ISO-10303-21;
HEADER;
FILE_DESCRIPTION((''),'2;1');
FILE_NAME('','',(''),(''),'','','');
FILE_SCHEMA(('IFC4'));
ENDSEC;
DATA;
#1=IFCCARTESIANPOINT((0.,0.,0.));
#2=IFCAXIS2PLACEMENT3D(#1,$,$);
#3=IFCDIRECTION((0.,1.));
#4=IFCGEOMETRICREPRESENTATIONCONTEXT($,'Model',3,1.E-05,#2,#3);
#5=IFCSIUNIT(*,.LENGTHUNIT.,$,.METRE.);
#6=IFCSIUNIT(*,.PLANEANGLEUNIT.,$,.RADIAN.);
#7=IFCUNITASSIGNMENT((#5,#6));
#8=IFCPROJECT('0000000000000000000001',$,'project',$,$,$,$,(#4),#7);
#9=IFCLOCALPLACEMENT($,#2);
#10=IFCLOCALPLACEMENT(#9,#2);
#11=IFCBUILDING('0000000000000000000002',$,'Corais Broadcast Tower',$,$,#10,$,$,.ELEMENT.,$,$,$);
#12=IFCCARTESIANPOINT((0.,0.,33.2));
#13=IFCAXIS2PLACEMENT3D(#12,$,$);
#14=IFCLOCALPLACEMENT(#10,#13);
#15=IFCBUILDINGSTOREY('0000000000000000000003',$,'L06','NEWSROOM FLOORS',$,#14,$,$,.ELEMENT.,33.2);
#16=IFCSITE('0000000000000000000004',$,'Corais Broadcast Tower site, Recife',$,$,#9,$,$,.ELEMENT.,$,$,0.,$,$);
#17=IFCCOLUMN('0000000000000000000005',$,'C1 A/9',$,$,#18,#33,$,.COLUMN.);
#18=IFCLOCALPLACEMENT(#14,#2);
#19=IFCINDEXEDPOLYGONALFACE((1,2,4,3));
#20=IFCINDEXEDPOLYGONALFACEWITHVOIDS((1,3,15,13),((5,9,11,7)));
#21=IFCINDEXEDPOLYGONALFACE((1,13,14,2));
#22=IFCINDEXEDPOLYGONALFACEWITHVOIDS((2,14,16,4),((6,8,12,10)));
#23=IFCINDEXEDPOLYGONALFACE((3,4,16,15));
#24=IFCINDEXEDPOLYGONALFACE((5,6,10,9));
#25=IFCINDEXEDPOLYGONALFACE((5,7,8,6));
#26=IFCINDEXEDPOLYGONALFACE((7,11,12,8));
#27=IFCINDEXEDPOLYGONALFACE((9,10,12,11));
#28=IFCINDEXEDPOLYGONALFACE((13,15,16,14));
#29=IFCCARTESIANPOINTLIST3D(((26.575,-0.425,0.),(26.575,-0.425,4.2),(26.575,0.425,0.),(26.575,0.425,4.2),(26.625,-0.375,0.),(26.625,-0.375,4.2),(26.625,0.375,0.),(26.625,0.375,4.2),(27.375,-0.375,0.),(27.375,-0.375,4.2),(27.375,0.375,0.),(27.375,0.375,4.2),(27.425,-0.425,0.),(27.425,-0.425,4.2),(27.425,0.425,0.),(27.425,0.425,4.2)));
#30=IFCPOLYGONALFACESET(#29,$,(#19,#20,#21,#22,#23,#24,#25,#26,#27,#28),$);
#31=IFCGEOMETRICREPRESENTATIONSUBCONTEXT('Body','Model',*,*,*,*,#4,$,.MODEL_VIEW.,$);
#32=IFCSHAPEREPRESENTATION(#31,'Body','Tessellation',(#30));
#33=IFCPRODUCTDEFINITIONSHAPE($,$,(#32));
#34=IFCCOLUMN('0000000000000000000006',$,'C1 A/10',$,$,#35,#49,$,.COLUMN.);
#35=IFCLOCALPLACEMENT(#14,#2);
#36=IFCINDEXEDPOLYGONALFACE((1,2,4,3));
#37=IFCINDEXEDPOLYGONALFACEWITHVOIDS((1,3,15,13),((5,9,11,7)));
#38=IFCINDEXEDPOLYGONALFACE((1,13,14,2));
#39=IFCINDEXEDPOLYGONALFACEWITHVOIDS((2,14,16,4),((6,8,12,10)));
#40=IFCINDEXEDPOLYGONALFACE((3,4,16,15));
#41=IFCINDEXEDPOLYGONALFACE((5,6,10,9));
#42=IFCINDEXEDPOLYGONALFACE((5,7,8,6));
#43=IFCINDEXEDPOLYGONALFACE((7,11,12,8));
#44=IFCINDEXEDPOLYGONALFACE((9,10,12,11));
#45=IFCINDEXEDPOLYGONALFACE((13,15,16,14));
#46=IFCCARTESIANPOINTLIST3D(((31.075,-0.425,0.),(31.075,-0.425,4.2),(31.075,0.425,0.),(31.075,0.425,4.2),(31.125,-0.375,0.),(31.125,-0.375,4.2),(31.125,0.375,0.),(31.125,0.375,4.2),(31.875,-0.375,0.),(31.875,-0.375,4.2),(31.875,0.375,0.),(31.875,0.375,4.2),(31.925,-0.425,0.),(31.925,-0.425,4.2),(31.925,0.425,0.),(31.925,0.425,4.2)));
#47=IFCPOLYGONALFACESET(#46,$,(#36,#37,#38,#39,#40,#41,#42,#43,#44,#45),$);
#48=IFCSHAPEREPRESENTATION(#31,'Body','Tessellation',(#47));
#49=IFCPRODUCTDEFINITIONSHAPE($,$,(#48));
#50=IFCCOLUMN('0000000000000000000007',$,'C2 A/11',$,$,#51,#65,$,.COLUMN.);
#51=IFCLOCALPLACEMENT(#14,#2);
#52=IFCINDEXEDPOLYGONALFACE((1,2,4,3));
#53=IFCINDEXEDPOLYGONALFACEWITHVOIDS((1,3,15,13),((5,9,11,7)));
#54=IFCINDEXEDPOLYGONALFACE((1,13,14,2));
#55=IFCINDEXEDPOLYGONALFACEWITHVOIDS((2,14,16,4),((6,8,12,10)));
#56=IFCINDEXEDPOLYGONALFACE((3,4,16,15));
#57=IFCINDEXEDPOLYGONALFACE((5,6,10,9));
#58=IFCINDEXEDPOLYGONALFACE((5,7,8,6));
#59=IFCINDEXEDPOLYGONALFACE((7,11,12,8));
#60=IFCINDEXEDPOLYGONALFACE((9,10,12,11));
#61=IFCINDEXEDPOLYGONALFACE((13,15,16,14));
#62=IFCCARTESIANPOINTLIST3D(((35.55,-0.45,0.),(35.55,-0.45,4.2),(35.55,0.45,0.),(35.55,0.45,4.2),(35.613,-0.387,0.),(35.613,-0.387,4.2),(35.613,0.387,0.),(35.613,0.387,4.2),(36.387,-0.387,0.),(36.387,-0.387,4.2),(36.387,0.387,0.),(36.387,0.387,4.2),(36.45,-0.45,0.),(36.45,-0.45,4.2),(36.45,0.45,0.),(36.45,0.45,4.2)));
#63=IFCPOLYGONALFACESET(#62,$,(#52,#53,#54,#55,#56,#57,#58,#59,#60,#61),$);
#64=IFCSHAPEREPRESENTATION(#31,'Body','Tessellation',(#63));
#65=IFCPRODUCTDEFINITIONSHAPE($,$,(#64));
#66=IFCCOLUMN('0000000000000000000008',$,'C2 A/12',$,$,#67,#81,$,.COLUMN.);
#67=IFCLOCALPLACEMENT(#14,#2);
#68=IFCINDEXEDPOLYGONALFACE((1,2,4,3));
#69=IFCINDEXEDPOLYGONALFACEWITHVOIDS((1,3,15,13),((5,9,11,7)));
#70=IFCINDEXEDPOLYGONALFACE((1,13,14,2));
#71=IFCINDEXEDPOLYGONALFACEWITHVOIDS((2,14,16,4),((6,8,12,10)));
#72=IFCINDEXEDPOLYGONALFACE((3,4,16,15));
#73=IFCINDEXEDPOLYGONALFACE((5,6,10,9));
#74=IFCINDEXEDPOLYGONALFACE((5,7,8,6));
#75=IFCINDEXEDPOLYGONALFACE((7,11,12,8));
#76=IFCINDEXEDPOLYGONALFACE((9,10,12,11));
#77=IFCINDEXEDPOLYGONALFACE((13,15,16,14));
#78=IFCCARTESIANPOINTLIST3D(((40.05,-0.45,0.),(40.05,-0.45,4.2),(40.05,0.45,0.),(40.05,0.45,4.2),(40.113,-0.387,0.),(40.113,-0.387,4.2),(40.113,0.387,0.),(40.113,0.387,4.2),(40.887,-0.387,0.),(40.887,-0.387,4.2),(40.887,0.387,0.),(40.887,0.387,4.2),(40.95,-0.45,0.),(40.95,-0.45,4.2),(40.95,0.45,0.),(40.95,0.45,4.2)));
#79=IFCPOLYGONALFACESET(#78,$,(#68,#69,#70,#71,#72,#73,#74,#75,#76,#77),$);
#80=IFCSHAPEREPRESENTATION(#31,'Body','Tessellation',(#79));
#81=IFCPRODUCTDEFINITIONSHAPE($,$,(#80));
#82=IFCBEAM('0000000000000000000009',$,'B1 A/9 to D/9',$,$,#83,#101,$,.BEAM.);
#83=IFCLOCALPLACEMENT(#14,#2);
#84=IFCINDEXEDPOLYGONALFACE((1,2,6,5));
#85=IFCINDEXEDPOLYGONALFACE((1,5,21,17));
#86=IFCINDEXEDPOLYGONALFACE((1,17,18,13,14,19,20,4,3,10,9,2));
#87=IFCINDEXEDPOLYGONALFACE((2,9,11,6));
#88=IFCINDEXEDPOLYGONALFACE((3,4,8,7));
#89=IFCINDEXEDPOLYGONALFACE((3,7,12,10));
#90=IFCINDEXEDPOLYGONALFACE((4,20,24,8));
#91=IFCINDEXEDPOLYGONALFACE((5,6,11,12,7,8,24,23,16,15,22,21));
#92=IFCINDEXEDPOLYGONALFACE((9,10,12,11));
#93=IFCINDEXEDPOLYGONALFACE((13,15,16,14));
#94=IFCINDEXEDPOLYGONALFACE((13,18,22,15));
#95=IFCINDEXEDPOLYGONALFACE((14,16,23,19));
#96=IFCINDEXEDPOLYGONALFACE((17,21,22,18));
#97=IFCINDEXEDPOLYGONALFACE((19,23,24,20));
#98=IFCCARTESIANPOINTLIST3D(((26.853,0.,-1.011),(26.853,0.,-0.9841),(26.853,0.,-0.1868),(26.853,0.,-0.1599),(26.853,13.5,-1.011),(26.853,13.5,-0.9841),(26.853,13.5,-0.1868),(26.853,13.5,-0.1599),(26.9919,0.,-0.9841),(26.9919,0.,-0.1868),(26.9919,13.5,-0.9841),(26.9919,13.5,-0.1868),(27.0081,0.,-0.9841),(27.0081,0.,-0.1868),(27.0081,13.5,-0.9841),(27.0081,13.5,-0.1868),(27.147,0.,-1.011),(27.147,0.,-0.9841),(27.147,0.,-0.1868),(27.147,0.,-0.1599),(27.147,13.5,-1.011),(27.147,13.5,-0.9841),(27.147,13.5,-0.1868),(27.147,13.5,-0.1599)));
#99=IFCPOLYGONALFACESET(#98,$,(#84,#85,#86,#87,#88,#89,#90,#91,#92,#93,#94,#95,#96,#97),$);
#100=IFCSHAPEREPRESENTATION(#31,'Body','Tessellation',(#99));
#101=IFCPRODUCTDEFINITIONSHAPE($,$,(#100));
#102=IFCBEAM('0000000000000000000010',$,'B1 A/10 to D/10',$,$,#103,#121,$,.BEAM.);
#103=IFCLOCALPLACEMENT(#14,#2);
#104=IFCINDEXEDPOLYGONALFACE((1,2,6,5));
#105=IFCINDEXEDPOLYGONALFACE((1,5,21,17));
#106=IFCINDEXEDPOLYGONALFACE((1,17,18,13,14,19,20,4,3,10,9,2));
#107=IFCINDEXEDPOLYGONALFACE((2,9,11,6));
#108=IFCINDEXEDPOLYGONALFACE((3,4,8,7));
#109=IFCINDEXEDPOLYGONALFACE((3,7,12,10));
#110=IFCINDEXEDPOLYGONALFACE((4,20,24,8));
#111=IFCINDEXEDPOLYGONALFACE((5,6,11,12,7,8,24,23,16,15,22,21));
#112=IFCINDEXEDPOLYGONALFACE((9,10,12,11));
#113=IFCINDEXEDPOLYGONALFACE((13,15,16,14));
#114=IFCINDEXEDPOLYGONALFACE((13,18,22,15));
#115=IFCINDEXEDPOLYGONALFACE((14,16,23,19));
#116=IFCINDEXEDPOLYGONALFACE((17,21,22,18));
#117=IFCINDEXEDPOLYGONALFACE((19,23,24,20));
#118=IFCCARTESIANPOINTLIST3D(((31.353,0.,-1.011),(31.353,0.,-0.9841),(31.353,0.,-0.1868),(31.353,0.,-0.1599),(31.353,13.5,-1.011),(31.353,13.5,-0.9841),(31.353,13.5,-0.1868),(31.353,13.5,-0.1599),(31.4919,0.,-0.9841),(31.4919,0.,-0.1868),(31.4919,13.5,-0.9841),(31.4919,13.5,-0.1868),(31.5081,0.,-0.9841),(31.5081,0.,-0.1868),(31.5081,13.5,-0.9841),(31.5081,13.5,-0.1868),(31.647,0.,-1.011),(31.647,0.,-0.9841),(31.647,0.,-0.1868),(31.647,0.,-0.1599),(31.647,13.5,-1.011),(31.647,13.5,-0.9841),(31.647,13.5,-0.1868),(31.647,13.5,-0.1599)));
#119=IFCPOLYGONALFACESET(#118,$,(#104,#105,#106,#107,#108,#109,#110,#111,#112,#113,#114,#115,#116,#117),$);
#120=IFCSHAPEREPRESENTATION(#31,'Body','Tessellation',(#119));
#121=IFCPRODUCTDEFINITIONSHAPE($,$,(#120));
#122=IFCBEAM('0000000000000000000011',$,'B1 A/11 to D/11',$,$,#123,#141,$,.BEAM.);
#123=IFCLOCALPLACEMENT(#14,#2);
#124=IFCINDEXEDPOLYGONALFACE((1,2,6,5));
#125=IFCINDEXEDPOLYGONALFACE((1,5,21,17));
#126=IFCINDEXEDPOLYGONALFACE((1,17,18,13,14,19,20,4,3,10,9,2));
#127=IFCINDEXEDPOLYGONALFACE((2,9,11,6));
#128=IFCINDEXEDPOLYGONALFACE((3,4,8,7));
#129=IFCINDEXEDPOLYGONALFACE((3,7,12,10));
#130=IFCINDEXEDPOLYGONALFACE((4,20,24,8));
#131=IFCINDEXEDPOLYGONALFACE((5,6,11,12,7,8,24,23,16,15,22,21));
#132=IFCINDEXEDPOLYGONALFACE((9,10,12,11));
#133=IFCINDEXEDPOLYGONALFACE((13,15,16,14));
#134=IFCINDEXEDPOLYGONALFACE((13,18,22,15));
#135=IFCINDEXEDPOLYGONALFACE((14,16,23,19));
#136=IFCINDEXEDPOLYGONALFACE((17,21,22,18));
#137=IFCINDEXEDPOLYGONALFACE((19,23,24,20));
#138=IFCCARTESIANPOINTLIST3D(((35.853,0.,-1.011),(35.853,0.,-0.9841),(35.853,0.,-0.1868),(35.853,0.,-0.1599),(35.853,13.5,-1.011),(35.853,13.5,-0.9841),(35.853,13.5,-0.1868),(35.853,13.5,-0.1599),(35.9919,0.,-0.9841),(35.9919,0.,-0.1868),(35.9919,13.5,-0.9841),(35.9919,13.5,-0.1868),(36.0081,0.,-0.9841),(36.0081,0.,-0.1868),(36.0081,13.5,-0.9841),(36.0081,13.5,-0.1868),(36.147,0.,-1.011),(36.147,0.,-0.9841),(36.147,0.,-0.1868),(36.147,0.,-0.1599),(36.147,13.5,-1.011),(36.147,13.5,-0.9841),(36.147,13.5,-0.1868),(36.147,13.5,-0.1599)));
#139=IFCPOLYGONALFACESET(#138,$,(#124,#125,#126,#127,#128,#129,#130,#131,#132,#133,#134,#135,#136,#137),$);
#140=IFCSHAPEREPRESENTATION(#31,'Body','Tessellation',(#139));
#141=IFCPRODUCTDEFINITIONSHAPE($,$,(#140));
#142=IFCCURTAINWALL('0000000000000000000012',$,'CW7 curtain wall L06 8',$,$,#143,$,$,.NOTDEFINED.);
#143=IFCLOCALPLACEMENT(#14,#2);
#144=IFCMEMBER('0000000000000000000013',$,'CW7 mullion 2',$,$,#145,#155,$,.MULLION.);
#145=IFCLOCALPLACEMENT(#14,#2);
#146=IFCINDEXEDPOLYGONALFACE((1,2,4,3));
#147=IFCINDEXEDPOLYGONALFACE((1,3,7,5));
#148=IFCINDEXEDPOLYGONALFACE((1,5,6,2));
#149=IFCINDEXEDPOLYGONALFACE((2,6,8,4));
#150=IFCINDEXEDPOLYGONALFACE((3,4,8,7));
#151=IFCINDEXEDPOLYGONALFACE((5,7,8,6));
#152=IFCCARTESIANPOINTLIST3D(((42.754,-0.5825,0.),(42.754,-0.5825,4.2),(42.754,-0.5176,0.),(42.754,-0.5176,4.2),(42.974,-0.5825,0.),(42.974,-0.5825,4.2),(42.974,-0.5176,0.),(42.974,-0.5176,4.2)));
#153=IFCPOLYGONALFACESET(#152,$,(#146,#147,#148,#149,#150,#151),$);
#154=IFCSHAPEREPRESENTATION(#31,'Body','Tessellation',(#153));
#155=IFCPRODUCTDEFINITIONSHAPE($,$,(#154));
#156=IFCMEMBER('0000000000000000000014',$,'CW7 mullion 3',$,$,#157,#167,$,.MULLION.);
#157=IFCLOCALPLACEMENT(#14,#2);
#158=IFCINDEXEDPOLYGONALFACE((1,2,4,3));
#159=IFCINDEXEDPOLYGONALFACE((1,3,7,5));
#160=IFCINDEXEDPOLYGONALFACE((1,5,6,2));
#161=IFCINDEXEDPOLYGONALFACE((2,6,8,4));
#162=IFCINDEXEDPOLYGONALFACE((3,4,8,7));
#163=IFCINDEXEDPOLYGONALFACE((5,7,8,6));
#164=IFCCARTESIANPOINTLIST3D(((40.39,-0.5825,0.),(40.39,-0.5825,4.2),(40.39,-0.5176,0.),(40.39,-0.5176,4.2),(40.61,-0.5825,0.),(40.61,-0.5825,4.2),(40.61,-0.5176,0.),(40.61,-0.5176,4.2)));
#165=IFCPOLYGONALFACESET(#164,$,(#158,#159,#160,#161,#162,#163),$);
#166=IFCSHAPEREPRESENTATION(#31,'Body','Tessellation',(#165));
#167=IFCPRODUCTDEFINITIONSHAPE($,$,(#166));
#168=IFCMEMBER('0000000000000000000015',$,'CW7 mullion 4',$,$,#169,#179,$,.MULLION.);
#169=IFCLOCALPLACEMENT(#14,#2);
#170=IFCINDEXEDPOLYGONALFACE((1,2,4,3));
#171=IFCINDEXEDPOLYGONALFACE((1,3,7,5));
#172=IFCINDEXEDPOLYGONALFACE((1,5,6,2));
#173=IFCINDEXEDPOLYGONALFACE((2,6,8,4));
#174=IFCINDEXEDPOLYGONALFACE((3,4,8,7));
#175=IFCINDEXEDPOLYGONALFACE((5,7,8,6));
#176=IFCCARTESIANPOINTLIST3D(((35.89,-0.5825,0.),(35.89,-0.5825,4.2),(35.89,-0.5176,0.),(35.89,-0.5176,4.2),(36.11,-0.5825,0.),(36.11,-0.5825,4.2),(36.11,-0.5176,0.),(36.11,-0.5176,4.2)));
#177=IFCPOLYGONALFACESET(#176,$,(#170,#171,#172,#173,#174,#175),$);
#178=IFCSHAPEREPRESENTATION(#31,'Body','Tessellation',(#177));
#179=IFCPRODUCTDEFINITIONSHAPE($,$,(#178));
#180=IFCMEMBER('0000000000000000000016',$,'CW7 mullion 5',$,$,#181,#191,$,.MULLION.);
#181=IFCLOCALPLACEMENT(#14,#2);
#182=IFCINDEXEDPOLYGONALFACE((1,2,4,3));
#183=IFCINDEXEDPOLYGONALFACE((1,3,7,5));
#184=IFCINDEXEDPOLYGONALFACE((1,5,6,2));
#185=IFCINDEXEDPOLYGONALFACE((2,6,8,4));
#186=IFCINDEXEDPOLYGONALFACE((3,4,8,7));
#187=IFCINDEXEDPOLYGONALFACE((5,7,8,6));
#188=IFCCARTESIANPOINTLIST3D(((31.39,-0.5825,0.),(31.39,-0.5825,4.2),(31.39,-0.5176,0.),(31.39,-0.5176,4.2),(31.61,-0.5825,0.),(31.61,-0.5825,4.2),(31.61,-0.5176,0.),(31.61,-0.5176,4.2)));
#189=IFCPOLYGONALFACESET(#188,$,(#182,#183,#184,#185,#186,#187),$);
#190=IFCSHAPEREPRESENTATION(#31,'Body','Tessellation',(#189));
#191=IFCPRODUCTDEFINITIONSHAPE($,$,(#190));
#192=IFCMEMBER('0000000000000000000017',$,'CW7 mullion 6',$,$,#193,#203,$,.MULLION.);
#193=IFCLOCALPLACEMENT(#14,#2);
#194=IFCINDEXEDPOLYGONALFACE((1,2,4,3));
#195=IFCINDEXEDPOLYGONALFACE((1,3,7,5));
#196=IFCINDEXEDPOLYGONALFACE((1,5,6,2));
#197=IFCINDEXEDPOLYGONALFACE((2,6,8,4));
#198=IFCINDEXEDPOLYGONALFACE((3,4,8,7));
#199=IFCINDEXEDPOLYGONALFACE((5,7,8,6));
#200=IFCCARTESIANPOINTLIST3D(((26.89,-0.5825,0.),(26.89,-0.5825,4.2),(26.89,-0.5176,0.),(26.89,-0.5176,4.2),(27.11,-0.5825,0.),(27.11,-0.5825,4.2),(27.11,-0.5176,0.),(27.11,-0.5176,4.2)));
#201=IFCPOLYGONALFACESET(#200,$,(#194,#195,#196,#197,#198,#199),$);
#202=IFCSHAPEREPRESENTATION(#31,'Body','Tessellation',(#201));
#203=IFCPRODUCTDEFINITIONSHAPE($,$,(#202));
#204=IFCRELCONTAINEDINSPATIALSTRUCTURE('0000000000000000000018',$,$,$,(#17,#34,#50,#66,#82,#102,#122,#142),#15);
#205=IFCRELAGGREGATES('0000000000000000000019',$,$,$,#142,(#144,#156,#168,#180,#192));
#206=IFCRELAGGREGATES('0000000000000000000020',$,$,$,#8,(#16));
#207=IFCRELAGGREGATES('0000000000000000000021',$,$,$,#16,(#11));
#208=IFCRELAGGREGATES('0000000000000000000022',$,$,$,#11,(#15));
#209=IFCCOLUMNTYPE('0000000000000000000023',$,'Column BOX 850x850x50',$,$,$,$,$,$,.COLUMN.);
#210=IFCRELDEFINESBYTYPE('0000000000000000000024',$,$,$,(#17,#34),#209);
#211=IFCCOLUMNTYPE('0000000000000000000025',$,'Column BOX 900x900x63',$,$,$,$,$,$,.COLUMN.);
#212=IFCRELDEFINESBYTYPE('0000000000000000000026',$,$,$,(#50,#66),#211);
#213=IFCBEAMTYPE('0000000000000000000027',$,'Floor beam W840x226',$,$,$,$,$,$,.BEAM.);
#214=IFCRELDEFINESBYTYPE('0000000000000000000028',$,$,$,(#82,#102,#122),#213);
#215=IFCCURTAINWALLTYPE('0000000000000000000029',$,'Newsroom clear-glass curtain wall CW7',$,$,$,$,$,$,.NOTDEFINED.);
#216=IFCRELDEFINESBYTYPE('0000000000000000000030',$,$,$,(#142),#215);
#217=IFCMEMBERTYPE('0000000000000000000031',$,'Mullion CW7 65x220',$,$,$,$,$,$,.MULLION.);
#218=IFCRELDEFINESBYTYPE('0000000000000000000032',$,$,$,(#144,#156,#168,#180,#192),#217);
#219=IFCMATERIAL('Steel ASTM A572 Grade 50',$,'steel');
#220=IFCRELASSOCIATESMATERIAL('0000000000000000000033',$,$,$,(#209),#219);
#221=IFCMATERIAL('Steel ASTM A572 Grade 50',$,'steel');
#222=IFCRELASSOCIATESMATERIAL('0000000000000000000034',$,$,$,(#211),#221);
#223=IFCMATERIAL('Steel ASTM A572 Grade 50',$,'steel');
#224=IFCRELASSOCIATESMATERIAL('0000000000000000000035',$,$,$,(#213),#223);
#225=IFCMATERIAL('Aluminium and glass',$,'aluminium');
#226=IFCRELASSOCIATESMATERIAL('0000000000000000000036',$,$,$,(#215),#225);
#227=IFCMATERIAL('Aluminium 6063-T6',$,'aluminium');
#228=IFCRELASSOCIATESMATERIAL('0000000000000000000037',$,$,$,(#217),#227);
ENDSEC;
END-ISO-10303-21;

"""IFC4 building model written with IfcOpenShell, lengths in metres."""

from ifc_helpers import new_model, si_unit, direction, frame, origin, origin_2d, place, context, subcontext, project, spatial, rectangle, hollow_rectangle, i_section, extrude, material, material_profile, profile_set, type_object, element, aggregate, save


model = new_model("IFC4")

# Units and contexts
model_context = context("Model", 3, precision=1e-05, world=origin(), true_north=direction((0.0, 1.0)))
body_context = subcontext(model_context, "Body", "Model", "MODEL_VIEW")
ifc_project = project(units=[si_unit("LENGTHUNIT", "METRE"), si_unit("PLANEANGLEUNIT", "RADIAN")], contexts=[model_context])

# Site, building, storey
site_placement = place(None, origin())
site = spatial("IfcSite", under=ifc_project, at=site_placement, Name="Corais Broadcast Tower site, Recife", CompositionType="ELEMENT", RefElevation=0.0)
building_placement = place(site_placement, origin())
building = spatial("IfcBuilding", under=site, at=building_placement, Name="Corais Broadcast Tower", CompositionType="ELEMENT")
storey_placement = place(building_placement, frame((0.0, 0.0, 33.2)))
storey = spatial("IfcBuildingStorey", under=building, at=storey_placement, Name="L06", Description="NEWSROOM FLOORS", CompositionType="ELEMENT", Elevation=33.2)

# Columns
ifc_material_1 = material(Name="Steel ASTM A572 Grade 50", Category="steel")
ifc_material_profile_1 = material_profile(ifc_material_1, hollow_rectangle(XDim=0.8501, YDim=0.8501, WallThickness=0.05, at=origin_2d()), Name="BOX 850x850x50")
ifc_profile_set_1 = profile_set([ifc_material_profile_1], Name="Steel ASTM A572 Grade 50")
column_type_1 = type_object("IfcColumnType", Name="Column BOX 850x850x50", PredefinedType="COLUMN", material=ifc_profile_set_1)
for number, where, z_axis, x_axis, name in (
    (1, (27.0, 0.0, 0.0), (0.0, 0.0, 1.0), (1.0, 0.0, 0.0), "C1 A/9"),
    (2, (31.5, 0.0, 0.0), (0.0, 0.0, 1.0), (1.0, 0.0, 0.0), "C1 A/10"),
):
    element("IfcColumn", number, at=place(storey_placement, frame(where, z_axis=z_axis, x_axis=x_axis)), inside=storey, type_object=column_type_1, Name=name, PredefinedType="COLUMN", context=body_context, shape_type="SweptSolid", body=[
        extrude(hollow_rectangle(XDim=0.8501, YDim=0.8501, WallThickness=0.05, at=origin_2d()), origin(), (0.0, 0.0, 1.0), 4.2),
    ])
ifc_material_2 = material(Name="Steel ASTM A572 Grade 50", Category="steel")
ifc_material_profile_2 = material_profile(ifc_material_2, hollow_rectangle(XDim=0.8999, YDim=0.8999, WallThickness=0.063, at=origin_2d()), Name="BOX 900x900x63")
ifc_profile_set_2 = profile_set([ifc_material_profile_2], Name="Steel ASTM A572 Grade 50")
column_type_2 = type_object("IfcColumnType", Name="Column BOX 900x900x63", PredefinedType="COLUMN", material=ifc_profile_set_2)
for number, where, z_axis, x_axis, name in (
    (3, (36.0, 0.0, 0.0), (0.0, 0.0, 1.0), (1.0, 0.0, 0.0), "C2 A/11"),
    (4, (40.5, 0.0, 0.0), (0.0, 0.0, 1.0), (1.0, 0.0, 0.0), "C2 A/12"),
):
    element("IfcColumn", number, at=place(storey_placement, frame(where, z_axis=z_axis, x_axis=x_axis)), inside=storey, type_object=column_type_2, Name=name, PredefinedType="COLUMN", context=body_context, shape_type="SweptSolid", body=[
        extrude(hollow_rectangle(XDim=0.8999, YDim=0.8999, WallThickness=0.063, at=origin_2d()), origin(), (0.0, 0.0, 1.0), 4.2),
    ])

# Beams
ifc_material_3 = material(Name="Steel ASTM A572 Grade 50", Category="steel")
ifc_material_profile_3 = material_profile(ifc_material_3, i_section(OverallWidth=0.2939, OverallDepth=0.8511, WebThickness=0.0161, FlangeThickness=0.0269, at=origin_2d()), Name="W840x226")
ifc_profile_set_3 = profile_set([ifc_material_profile_3], Name="Steel ASTM A572 Grade 50")
beam_type_1 = type_object("IfcBeamType", Name="Floor beam W840x226", PredefinedType="BEAM", material=ifc_profile_set_3)
for number, where, z_axis, x_axis, name in (
    (5, (27.0, 0.0, -0.5854), (0.0, 1.0, 0.0), (-1.0, 0.0, 0.0), "B1 A/9 to D/9"),
    (6, (31.5, 0.0, -0.5854), (0.0, 1.0, 0.0), (-1.0, 0.0, 0.0), "B1 A/10 to D/10"),
    (7, (36.0, 0.0, -0.5854), (0.0, 1.0, 0.0), (-1.0, 0.0, 0.0), "B1 A/11 to D/11"),
):
    element("IfcBeam", number, at=place(storey_placement, frame(where, z_axis=z_axis, x_axis=x_axis)), inside=storey, type_object=beam_type_1, Name=name, PredefinedType="BEAM", context=body_context, shape_type="SweptSolid", body=[
        extrude(i_section(OverallWidth=0.2939, OverallDepth=0.8511, WebThickness=0.0161, FlangeThickness=0.0269, at=origin_2d()), origin(), (0.0, 0.0, 1.0), 13.5),
    ])

# Curtain wall, members
ifc_material_4 = material(Name="Aluminium and glass", Category="aluminium")
curtain_wall_type = type_object("IfcCurtainWallType", Name="Newsroom clear-glass curtain wall CW7", PredefinedType="NOTDEFINED", material=ifc_material_4)
curtain_wall_placement = place(storey_placement, origin())
curtain_wall = element("IfcCurtainWall", 8, at=curtain_wall_placement, inside=storey, type_object=curtain_wall_type, Name="CW7 curtain wall L06 8", PredefinedType="NOTDEFINED")
ifc_material_5 = material(Name="Aluminium 6063-T6", Category="aluminium")
ifc_material_profile_4 = material_profile(ifc_material_5, rectangle(XDim=0.0649, YDim=0.22, at=origin_2d()), Name="Mullion CW7 65x220")
ifc_profile_set_4 = profile_set([ifc_material_profile_4], Name="Aluminium 6063-T6")
member_type_1 = type_object("IfcMemberType", Name="Mullion CW7 65x220", PredefinedType="MULLION", material=ifc_profile_set_4)
member_1_placement = place(storey_placement, frame((42.864, -0.55, 0.0), z_axis=(0.0, 0.0, 1.0), x_axis=(0.0, -1.0, 0.0)))
member_1 = element("IfcMember", 9, at=member_1_placement, type_object=member_type_1, Name="CW7 mullion 2", PredefinedType="MULLION", context=body_context, shape_type="SweptSolid", body=[
    extrude(rectangle(XDim=0.0649, YDim=0.22, at=origin_2d()), origin(), (0.0, 0.0, 1.0), 4.2),
])
member_2_placement = place(storey_placement, frame((40.5, -0.55, 0.0), z_axis=(0.0, 0.0, 1.0), x_axis=(0.0, -1.0, 0.0)))
member_2 = element("IfcMember", 10, at=member_2_placement, type_object=member_type_1, Name="CW7 mullion 3", PredefinedType="MULLION", context=body_context, shape_type="SweptSolid", body=[
    extrude(rectangle(XDim=0.0649, YDim=0.22, at=origin_2d()), origin(), (0.0, 0.0, 1.0), 4.2),
])
member_3_placement = place(storey_placement, frame((36.0, -0.55, 0.0), z_axis=(0.0, 0.0, 1.0), x_axis=(0.0, -1.0, 0.0)))
member_3 = element("IfcMember", 11, at=member_3_placement, type_object=member_type_1, Name="CW7 mullion 4", PredefinedType="MULLION", context=body_context, shape_type="SweptSolid", body=[
    extrude(rectangle(XDim=0.0649, YDim=0.22, at=origin_2d()), origin(), (0.0, 0.0, 1.0), 4.2),
])
member_4_placement = place(storey_placement, frame((31.5, -0.55, 0.0), z_axis=(0.0, 0.0, 1.0), x_axis=(0.0, -1.0, 0.0)))
member_4 = element("IfcMember", 12, at=member_4_placement, type_object=member_type_1, Name="CW7 mullion 5", PredefinedType="MULLION", context=body_context, shape_type="SweptSolid", body=[
    extrude(rectangle(XDim=0.0649, YDim=0.22, at=origin_2d()), origin(), (0.0, 0.0, 1.0), 4.2),
])
member_5_placement = place(storey_placement, frame((27.0, -0.55, 0.0), z_axis=(0.0, 0.0, 1.0), x_axis=(0.0, -1.0, 0.0)))
member_5 = element("IfcMember", 13, at=member_5_placement, type_object=member_type_1, Name="CW7 mullion 6", PredefinedType="MULLION", context=body_context, shape_type="SweptSolid", body=[
    extrude(rectangle(XDim=0.0649, YDim=0.22, at=origin_2d()), origin(), (0.0, 0.0, 1.0), 4.2),
])

aggregate(curtain_wall, [member_1, member_2, member_3, member_4, member_5])

save(model, "model.ifc")
